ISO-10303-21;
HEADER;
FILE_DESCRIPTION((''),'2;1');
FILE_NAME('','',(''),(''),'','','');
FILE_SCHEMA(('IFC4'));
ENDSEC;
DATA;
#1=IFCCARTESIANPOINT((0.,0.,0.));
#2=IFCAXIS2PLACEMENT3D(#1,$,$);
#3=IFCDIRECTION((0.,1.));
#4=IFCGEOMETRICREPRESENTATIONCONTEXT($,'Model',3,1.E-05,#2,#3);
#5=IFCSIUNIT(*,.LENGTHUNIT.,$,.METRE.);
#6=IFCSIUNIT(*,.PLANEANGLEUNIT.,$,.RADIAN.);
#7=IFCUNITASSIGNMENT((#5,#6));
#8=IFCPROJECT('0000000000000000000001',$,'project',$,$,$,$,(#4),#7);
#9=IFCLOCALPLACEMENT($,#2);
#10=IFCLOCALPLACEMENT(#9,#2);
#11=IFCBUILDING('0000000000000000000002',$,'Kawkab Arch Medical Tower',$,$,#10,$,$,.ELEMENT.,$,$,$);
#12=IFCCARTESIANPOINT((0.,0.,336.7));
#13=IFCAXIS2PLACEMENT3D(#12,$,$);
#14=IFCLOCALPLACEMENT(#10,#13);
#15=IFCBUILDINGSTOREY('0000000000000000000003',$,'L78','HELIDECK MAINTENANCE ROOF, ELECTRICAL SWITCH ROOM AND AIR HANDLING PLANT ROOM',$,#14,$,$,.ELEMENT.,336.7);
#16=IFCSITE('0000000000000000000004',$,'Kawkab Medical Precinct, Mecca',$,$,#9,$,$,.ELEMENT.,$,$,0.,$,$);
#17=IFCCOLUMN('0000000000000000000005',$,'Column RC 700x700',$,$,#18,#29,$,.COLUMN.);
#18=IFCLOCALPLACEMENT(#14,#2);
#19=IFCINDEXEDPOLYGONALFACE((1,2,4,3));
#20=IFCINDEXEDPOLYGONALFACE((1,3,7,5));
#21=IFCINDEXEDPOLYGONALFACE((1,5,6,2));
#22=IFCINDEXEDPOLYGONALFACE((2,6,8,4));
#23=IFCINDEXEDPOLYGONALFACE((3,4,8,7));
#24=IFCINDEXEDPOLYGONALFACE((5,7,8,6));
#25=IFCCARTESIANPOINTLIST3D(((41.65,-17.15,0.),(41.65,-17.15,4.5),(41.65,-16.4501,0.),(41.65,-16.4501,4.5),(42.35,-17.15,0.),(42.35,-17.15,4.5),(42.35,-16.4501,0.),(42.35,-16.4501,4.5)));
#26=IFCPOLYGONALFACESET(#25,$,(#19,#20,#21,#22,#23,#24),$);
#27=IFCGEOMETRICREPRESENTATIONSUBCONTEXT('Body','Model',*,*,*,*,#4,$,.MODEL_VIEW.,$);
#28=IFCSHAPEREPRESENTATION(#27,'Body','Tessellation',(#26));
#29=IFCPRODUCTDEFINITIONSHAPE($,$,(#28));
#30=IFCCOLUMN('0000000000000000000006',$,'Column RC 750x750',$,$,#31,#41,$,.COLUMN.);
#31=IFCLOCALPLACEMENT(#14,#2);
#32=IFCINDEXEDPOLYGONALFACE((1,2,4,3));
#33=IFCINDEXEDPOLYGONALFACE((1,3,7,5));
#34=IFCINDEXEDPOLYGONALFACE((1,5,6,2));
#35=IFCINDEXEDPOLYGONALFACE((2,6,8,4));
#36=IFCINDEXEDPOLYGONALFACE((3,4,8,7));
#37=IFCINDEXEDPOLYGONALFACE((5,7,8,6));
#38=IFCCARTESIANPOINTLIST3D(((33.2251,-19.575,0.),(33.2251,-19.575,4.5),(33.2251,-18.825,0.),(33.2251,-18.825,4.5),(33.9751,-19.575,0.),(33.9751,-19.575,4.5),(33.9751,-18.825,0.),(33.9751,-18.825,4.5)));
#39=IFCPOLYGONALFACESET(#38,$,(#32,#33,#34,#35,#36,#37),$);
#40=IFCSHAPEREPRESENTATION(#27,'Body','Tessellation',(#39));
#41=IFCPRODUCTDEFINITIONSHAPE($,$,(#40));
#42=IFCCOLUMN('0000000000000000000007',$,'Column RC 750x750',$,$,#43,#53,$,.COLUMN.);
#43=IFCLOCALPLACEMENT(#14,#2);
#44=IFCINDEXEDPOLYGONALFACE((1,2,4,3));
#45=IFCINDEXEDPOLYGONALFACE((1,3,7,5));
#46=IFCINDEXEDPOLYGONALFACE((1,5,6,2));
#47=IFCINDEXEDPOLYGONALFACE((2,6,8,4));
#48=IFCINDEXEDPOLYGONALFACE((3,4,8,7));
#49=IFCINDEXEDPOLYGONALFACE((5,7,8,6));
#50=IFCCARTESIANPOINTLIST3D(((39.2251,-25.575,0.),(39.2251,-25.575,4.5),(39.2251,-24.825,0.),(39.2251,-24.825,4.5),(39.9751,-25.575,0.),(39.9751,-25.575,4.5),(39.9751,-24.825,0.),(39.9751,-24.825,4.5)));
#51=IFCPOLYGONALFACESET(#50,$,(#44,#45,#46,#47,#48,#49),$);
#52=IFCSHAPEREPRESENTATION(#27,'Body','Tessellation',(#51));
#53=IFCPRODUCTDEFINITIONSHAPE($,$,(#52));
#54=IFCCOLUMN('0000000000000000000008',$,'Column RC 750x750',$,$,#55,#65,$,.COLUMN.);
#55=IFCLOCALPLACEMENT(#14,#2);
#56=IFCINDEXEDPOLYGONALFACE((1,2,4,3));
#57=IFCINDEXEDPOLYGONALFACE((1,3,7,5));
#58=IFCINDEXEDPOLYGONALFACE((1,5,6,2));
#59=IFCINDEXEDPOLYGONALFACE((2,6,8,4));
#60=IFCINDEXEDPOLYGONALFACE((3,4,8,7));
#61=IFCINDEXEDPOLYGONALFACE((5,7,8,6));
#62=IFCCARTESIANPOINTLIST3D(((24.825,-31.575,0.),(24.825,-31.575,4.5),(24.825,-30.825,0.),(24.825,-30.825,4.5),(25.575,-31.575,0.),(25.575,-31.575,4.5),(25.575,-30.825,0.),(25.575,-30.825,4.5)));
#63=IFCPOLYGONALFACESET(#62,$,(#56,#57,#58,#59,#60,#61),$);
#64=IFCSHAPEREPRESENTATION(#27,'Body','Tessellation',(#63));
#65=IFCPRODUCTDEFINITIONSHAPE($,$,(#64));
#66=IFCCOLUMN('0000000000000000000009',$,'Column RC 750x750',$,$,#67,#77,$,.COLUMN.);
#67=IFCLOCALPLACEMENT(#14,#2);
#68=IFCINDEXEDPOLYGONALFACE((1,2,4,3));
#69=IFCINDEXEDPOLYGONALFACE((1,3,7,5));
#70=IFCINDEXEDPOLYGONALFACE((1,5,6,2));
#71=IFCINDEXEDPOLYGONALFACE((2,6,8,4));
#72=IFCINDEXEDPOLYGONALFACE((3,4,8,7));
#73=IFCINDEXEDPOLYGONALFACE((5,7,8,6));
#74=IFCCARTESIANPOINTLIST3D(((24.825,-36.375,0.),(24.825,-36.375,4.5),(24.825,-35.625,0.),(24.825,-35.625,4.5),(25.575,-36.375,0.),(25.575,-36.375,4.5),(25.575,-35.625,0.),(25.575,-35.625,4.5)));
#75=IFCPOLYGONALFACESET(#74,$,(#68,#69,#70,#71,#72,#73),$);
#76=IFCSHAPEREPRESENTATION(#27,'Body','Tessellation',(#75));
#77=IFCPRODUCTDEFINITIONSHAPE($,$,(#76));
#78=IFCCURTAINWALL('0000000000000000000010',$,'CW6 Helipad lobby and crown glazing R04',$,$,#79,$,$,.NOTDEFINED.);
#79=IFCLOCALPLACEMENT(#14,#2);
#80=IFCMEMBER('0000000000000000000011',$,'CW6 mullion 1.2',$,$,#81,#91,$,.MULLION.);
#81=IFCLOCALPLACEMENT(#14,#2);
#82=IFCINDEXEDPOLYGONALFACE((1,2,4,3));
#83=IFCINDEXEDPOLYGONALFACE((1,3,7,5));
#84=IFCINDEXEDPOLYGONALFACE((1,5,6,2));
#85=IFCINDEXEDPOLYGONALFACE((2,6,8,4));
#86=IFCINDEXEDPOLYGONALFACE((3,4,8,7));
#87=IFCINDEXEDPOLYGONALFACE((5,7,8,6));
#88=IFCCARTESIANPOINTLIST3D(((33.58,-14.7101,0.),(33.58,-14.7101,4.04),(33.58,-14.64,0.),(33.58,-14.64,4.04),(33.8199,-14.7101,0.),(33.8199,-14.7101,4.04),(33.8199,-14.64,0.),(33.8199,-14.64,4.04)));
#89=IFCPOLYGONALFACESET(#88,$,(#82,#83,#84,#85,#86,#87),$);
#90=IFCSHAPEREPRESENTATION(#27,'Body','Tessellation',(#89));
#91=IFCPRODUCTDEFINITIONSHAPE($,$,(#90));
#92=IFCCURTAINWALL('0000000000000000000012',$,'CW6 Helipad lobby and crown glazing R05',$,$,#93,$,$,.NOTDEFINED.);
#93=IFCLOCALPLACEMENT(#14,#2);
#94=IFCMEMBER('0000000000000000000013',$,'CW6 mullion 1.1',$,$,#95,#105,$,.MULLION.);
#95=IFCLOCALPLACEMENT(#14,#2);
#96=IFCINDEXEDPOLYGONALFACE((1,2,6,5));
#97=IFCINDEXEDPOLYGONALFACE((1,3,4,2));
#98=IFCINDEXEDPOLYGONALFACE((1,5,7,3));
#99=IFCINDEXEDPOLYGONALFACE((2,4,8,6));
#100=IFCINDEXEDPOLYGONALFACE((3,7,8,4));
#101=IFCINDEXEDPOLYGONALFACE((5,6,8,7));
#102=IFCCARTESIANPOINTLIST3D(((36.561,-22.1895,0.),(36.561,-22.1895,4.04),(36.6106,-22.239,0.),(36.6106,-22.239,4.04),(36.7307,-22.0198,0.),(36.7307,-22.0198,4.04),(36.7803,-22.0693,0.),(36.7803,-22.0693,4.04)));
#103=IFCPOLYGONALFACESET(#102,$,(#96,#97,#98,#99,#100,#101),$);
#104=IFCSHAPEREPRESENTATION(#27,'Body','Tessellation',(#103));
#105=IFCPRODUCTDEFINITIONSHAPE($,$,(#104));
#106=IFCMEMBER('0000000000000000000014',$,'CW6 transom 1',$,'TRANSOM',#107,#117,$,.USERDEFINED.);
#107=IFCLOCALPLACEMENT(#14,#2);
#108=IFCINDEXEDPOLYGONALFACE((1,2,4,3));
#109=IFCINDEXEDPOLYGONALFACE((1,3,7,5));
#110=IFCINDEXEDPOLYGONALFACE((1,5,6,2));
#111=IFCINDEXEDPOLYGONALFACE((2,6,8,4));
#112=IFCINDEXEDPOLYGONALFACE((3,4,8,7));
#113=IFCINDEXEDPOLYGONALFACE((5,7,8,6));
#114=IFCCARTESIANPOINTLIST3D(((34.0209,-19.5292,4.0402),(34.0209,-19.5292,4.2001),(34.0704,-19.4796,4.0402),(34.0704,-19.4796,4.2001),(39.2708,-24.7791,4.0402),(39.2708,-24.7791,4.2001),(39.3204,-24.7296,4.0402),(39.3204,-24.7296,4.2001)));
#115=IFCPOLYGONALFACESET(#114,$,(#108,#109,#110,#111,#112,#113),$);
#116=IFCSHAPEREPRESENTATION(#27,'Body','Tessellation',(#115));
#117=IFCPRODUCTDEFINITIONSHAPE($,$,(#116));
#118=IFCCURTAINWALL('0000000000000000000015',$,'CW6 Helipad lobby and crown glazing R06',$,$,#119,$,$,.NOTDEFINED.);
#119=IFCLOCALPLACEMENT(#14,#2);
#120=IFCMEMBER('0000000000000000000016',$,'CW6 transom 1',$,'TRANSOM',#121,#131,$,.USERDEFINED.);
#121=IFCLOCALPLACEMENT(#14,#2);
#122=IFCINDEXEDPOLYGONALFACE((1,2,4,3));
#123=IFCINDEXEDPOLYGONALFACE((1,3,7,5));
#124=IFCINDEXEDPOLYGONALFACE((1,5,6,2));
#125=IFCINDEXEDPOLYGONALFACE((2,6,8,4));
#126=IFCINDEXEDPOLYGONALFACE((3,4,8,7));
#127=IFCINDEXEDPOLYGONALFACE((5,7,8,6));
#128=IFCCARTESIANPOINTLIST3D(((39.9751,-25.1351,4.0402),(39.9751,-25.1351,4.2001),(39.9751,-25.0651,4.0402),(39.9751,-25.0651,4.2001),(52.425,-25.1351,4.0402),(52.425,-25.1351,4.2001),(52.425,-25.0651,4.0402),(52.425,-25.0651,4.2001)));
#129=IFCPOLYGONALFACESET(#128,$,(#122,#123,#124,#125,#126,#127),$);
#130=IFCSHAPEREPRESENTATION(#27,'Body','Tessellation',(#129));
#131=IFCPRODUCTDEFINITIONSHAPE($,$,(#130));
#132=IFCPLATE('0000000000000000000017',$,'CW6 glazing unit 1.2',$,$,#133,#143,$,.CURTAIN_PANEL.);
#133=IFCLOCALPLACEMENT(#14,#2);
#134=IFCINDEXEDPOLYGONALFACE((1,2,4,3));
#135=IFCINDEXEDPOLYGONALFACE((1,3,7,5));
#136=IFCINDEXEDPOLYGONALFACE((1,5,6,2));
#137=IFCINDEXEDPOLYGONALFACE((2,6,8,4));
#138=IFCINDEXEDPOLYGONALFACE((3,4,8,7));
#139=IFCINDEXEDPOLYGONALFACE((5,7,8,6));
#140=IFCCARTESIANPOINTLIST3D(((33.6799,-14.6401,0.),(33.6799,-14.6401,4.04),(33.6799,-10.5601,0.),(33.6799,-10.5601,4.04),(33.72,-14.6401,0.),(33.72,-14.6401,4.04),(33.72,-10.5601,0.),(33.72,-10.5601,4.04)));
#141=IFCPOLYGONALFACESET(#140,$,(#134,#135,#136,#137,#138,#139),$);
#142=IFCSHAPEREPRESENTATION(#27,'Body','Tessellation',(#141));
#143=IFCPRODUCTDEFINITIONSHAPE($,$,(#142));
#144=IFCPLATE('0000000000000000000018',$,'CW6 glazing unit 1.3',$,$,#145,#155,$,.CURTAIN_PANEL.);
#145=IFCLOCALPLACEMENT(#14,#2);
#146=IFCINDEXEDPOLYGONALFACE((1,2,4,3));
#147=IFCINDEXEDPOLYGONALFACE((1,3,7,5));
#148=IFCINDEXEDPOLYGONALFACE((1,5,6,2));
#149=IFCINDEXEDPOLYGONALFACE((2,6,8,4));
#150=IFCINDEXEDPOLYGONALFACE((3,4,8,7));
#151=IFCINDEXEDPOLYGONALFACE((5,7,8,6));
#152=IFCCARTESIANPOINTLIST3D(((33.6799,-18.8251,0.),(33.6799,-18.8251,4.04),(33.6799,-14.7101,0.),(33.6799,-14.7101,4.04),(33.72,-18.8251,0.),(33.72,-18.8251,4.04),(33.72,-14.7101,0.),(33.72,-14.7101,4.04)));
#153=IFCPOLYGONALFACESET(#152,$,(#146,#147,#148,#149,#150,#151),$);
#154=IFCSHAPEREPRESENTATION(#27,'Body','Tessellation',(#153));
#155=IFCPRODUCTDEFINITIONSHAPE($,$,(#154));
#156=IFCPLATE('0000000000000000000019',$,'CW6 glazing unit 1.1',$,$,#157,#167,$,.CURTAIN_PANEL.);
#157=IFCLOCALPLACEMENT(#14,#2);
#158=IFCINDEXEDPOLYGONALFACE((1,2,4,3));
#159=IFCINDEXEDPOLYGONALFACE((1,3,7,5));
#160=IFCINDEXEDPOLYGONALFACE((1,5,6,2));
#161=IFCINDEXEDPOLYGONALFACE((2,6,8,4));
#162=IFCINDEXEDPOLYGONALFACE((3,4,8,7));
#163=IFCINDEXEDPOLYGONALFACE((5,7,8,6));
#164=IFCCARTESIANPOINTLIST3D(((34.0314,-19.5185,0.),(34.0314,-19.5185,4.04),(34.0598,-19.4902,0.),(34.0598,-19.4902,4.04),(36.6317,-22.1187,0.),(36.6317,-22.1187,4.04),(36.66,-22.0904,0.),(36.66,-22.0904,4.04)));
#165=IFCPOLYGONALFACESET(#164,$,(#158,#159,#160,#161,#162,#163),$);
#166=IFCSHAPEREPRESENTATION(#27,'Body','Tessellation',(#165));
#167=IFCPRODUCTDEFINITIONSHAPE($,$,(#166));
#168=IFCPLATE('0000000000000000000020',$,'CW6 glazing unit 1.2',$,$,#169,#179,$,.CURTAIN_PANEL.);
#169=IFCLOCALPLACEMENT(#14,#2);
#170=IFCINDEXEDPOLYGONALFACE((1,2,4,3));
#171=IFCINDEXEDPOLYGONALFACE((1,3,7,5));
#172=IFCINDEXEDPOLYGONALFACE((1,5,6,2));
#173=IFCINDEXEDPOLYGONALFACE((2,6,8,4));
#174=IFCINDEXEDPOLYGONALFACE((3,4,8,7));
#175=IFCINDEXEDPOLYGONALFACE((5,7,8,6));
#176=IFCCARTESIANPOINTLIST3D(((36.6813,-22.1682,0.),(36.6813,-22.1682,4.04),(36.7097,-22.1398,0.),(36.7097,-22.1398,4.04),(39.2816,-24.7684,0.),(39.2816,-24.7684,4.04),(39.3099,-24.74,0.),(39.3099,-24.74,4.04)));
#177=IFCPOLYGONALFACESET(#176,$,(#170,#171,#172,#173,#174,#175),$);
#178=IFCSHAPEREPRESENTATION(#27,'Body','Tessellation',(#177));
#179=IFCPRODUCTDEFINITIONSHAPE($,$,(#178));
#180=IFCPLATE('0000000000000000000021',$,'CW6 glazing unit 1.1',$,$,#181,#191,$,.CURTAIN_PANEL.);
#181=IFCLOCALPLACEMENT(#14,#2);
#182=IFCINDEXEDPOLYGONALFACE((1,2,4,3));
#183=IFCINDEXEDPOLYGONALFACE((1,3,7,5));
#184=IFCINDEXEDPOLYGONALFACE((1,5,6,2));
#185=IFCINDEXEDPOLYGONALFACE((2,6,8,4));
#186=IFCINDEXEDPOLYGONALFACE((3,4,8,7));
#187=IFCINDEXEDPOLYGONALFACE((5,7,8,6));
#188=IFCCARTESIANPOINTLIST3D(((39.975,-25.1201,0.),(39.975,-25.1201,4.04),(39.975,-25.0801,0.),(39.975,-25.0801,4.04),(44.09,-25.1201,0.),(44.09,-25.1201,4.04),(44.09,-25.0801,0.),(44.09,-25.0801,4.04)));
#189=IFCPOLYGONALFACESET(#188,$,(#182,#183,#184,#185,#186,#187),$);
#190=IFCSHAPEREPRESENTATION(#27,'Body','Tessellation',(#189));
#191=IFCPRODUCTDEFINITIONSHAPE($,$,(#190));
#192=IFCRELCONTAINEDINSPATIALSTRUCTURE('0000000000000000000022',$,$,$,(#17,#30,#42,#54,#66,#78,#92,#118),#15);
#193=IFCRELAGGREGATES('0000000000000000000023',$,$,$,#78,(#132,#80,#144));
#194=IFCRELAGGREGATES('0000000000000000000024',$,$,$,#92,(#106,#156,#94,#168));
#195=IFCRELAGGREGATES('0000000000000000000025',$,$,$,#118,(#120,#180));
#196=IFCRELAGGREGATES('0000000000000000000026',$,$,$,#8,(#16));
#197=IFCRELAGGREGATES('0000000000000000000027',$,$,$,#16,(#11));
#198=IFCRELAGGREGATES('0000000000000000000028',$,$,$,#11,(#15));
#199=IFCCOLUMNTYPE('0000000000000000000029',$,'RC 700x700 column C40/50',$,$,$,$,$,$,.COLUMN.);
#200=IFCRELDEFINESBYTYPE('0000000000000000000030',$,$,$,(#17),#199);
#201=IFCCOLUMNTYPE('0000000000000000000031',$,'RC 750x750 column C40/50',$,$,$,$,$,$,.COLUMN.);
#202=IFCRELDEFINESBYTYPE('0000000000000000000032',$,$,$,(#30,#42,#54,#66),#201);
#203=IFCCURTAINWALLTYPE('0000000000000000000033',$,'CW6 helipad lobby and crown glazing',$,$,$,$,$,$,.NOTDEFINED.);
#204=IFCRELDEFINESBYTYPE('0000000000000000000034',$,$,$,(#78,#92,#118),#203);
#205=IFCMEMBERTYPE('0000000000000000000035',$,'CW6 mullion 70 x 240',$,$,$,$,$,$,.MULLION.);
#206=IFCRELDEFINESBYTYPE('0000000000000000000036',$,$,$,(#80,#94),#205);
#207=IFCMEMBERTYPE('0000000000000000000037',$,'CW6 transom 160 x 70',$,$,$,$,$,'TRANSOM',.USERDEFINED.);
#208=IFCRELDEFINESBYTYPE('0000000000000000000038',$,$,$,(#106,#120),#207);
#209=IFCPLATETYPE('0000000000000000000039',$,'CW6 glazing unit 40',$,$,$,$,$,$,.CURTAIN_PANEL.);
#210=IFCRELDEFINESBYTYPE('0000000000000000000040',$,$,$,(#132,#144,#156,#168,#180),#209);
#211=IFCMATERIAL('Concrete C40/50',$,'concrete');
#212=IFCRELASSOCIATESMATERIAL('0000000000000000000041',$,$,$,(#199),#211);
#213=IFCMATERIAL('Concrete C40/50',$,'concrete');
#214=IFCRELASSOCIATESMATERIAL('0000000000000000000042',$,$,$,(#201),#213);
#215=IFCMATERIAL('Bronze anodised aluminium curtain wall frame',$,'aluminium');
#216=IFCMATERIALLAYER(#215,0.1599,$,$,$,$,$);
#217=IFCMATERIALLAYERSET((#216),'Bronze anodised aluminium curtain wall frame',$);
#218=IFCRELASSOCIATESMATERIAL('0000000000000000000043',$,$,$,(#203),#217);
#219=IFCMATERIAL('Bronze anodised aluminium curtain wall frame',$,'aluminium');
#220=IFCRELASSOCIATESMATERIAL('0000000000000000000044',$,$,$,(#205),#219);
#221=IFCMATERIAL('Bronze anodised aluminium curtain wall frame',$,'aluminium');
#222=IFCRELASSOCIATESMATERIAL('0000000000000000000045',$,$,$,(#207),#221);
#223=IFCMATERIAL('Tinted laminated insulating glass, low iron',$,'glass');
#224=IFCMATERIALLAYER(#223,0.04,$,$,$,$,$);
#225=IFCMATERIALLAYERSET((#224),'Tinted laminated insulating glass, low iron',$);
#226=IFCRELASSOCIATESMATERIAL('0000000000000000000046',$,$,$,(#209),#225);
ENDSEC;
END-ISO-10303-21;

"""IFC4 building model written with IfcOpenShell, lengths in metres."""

from ifc_helpers import new_model, si_unit, direction, frame, origin, origin_2d, place, context, subcontext, project, spatial, rectangle, extrude, material, layer, layer_set, material_profile, profile_set, type_object, element, aggregate, save


model = new_model("IFC4")

# Units and contexts
model_context = context("Model", 3, precision=1e-05, world=origin(), true_north=direction((0.0, 1.0)))
body_context = subcontext(model_context, "Body", "Model", "MODEL_VIEW")
ifc_project = project(units=[si_unit("LENGTHUNIT", "METRE"), si_unit("PLANEANGLEUNIT", "RADIAN")], contexts=[model_context])

# Site, building, storey
site_placement = place(None, origin())
site = spatial("IfcSite", under=ifc_project, at=site_placement, Name="Kawkab Medical Precinct, Mecca", CompositionType="ELEMENT", RefElevation=0.0)
building_placement = place(site_placement, origin())
building = spatial("IfcBuilding", under=site, at=building_placement, Name="Kawkab Arch Medical Tower", CompositionType="ELEMENT")
storey_placement = place(building_placement, frame((0.0, 0.0, 336.7)))
storey = spatial("IfcBuildingStorey", under=building, at=storey_placement, Name="L78", Description="HELIDECK MAINTENANCE ROOF, ELECTRICAL SWITCH ROOM AND AIR HANDLING PLANT ROOM", CompositionType="ELEMENT", Elevation=336.7)

# Columns
ifc_material_1 = material(Name="Concrete C40/50", Category="concrete")
ifc_material_profile_1 = material_profile(ifc_material_1, rectangle(XDim=0.7, YDim=0.7, at=origin_2d()), Name="RC 700x700")
ifc_profile_set_1 = profile_set([ifc_material_profile_1], Name="Concrete C40/50")
column_type_1 = type_object("IfcColumnType", Name="RC 700x700 column C40/50", PredefinedType="COLUMN", material=ifc_profile_set_1)
column_placement = place(storey_placement, frame((42.0, -16.8, 0.0), z_axis=(0.0, 0.0, 1.0), x_axis=(1.0, 0.0, 0.0)))
element("IfcColumn", 1, at=column_placement, inside=storey, type_object=column_type_1, Name="Column RC 700x700", PredefinedType="COLUMN", context=body_context, shape_type="SweptSolid", body=[
    extrude(rectangle(XDim=0.7, YDim=0.7, at=origin_2d()), origin(), (0.0, 0.0, 1.0), 4.5),
])
ifc_material_2 = material(Name="Concrete C40/50", Category="concrete")
ifc_material_profile_2 = material_profile(ifc_material_2, rectangle(XDim=0.75, YDim=0.75, at=origin_2d()), Name="RC 750x750")
ifc_profile_set_2 = profile_set([ifc_material_profile_2], Name="Concrete C40/50")
column_type_2 = type_object("IfcColumnType", Name="RC 750x750 column C40/50", PredefinedType="COLUMN", material=ifc_profile_set_2)
for number, where, z_axis, x_axis, name in (
    (2, (33.6001, -19.2, 0.0), (0.0, 0.0, 1.0), (1.0, 0.0, 0.0), "Column RC 750x750"),
    (3, (39.6001, -25.2, 0.0), (0.0, 0.0, 1.0), (1.0, 0.0, 0.0), "Column RC 750x750"),
    (4, (25.2, -31.2, 0.0), (0.0, 0.0, 1.0), (1.0, 0.0, 0.0), "Column RC 750x750"),
    (5, (25.2, -36.0, 0.0), (0.0, 0.0, 1.0), (1.0, 0.0, 0.0), "Column RC 750x750"),
):
    element("IfcColumn", number, at=place(storey_placement, frame(where, z_axis=z_axis, x_axis=x_axis)), inside=storey, type_object=column_type_2, Name=name, PredefinedType="COLUMN", context=body_context, shape_type="SweptSolid", body=[
        extrude(rectangle(XDim=0.75, YDim=0.75, at=origin_2d()), origin(), (0.0, 0.0, 1.0), 4.5),
    ])

# Curtain wall, member
ifc_material_3 = material(Name="Bronze anodised aluminium curtain wall frame", Category="aluminium")
ifc_layer_1 = layer(ifc_material_3, 0.1599)
ifc_layer_set_1 = layer_set([ifc_layer_1], Name="Bronze anodised aluminium curtain wall frame")
curtain_wall_type = type_object("IfcCurtainWallType", Name="CW6 helipad lobby and crown glazing", PredefinedType="NOTDEFINED", material=ifc_layer_set_1)
placement = place(storey_placement, origin())
curtain_wall_1 = element("IfcCurtainWall", 6, at=placement, inside=storey, type_object=curtain_wall_type, Name="CW6 Helipad lobby and crown glazing R04", PredefinedType="NOTDEFINED")
ifc_material_4 = material(Name="Bronze anodised aluminium curtain wall frame", Category="aluminium")
ifc_material_profile_3 = material_profile(ifc_material_4, rectangle(XDim=0.24, YDim=0.0701, at=origin_2d()), Name="AL 70x240")
ifc_profile_set_3 = profile_set([ifc_material_profile_3], Name="Bronze anodised aluminium curtain wall frame")
member_type_1 = type_object("IfcMemberType", Name="CW6 mullion 70 x 240", PredefinedType="MULLION", material=ifc_profile_set_3)
member_1_placement = place(storey_placement, frame((33.7, -14.675, 0.0), z_axis=(0.0, 0.0, 1.0), x_axis=(1.0, 0.0, 0.0)))
member_1 = element("IfcMember", 7, at=member_1_placement, type_object=member_type_1, Name="CW6 mullion 1.2", PredefinedType="MULLION", context=body_context, shape_type="SweptSolid", body=[
    extrude(rectangle(XDim=0.24, YDim=0.0701, at=origin_2d()), origin(), (0.0, 0.0, 1.0), 4.04),
])

# Curtain wall, members
curtain_wall_2 = element("IfcCurtainWall", 8, at=placement, inside=storey, type_object=curtain_wall_type, Name="CW6 Helipad lobby and crown glazing R05", PredefinedType="NOTDEFINED")
member_2_placement = place(storey_placement, frame((36.6707, -22.1294, 0.0), z_axis=(0.0, 0.0, 1.0), x_axis=(0.707107, 0.707107, 0.0)))
member_2 = element("IfcMember", 9, at=member_2_placement, type_object=member_type_1, Name="CW6 mullion 1.1", PredefinedType="MULLION", context=body_context, shape_type="SweptSolid", body=[
    extrude(rectangle(XDim=0.24, YDim=0.0701, at=origin_2d()), origin(), (0.0, 0.0, 1.0), 4.04),
])
ifc_material_5 = material(Name="Bronze anodised aluminium curtain wall frame", Category="aluminium")
ifc_material_profile_4 = material_profile(ifc_material_5, rectangle(XDim=0.0701, YDim=0.1599, at=origin_2d()), Name="AL 70x160")
ifc_profile_set_4 = profile_set([ifc_material_profile_4], Name="Bronze anodised aluminium curtain wall frame")
member_type_2 = type_object("IfcMemberType", Name="CW6 transom 160 x 70", ElementType="TRANSOM", PredefinedType="USERDEFINED", material=ifc_profile_set_4)
member_3_placement = place(storey_placement, frame((34.0457, -19.5044, 4.1201), z_axis=(0.707107, -0.707107, 0.0), x_axis=(0.707107, 0.707107, 0.0)))
member_3 = element("IfcMember", 10, at=member_3_placement, type_object=member_type_2, Name="CW6 transom 1", ObjectType="TRANSOM", PredefinedType="USERDEFINED", context=body_context, shape_type="SweptSolid", body=[
    extrude(rectangle(XDim=0.0701, YDim=0.1599, at=origin_2d()), origin(), (0.0, 0.0, 1.0), 7.4246),
])

# Curtain wall, member
curtain_wall_3 = element("IfcCurtainWall", 11, at=placement, inside=storey, type_object=curtain_wall_type, Name="CW6 Helipad lobby and crown glazing R06", PredefinedType="NOTDEFINED")
member_4_placement = place(storey_placement, frame((39.9751, -25.1001, 4.1201), z_axis=(1.0, 0.0, 0.0), x_axis=(0.0, 1.0, 0.0)))
member_4 = element("IfcMember", 12, at=member_4_placement, type_object=member_type_2, Name="CW6 transom 1", ObjectType="TRANSOM", PredefinedType="USERDEFINED", context=body_context, shape_type="SweptSolid", body=[
    extrude(rectangle(XDim=0.0701, YDim=0.1599, at=origin_2d()), origin(), (0.0, 0.0, 1.0), 12.45),
])

# Plates
ifc_material_6 = material(Name="Tinted laminated insulating glass, low iron", Category="glass")
ifc_layer_2 = layer(ifc_material_6, 0.04)
ifc_layer_set_2 = layer_set([ifc_layer_2], Name="Tinted laminated insulating glass, low iron")
plate_type_1 = type_object("IfcPlateType", Name="CW6 glazing unit 40", PredefinedType="CURTAIN_PANEL", material=ifc_layer_set_2)
plate_1_placement = place(storey_placement, frame((33.7, -12.6001, 0.0), z_axis=(0.0, 0.0, 1.0), x_axis=(0.0, -1.0, 0.0)))
plate_1 = element("IfcPlate", 13, at=plate_1_placement, type_object=plate_type_1, Name="CW6 glazing unit 1.2", PredefinedType="CURTAIN_PANEL", context=body_context, shape_type="SweptSolid", body=[
    extrude(rectangle(XDim=4.0801, YDim=0.04, at=origin_2d()), origin(), (0.0, 0.0, 1.0), 4.04),
])
plate_2_placement = place(storey_placement, frame((33.7, -16.7676, 0.0), z_axis=(0.0, 0.0, 1.0), x_axis=(0.0, -1.0, 0.0)))
plate_2 = element("IfcPlate", 14, at=plate_2_placement, type_object=plate_type_1, Name="CW6 glazing unit 1.3", PredefinedType="CURTAIN_PANEL", context=body_context, shape_type="SweptSolid", body=[
    extrude(rectangle(XDim=4.115, YDim=0.04, at=origin_2d()), origin(), (0.0, 0.0, 1.0), 4.04),
])
aggregate(curtain_wall_1, [plate_1, member_1, plate_2])
plate_3_placement = place(storey_placement, frame((35.3457, -20.8044, 0.0), z_axis=(0.0, 0.0, 1.0), x_axis=(0.707107, -0.707107, 0.0)))
plate_3 = element("IfcPlate", 15, at=plate_3_placement, type_object=plate_type_1, Name="CW6 glazing unit 1.1", PredefinedType="CURTAIN_PANEL", context=body_context, shape_type="SweptSolid", body=[
    extrude(rectangle(XDim=3.6772, YDim=0.04, at=origin_2d()), origin(), (0.0, 0.0, 1.0), 4.04),
])
plate_4_placement = place(storey_placement, frame((37.9956, -23.4541, 0.0), z_axis=(0.0, 0.0, 1.0), x_axis=(0.707107, -0.707107, 0.0)))
plate_4 = element("IfcPlate", 16, at=plate_4_placement, type_object=plate_type_1, Name="CW6 glazing unit 1.2", PredefinedType="CURTAIN_PANEL", context=body_context, shape_type="SweptSolid", body=[
    extrude(rectangle(XDim=3.6772, YDim=0.04, at=origin_2d()), origin(), (0.0, 0.0, 1.0), 4.04),
])
aggregate(curtain_wall_2, [member_3, plate_3, member_2, plate_4])
plate_5_placement = place(storey_placement, frame((42.0325, -25.1001, 0.0), z_axis=(0.0, 0.0, 1.0), x_axis=(1.0, 0.0, 0.0)))
plate_5 = element("IfcPlate", 17, at=plate_5_placement, type_object=plate_type_1, Name="CW6 glazing unit 1.1", PredefinedType="CURTAIN_PANEL", context=body_context, shape_type="SweptSolid", body=[
    extrude(rectangle(XDim=4.115, YDim=0.04, at=origin_2d()), origin(), (0.0, 0.0, 1.0), 4.04),
])
aggregate(curtain_wall_3, [member_4, plate_5])

save(model, "model.ifc")
